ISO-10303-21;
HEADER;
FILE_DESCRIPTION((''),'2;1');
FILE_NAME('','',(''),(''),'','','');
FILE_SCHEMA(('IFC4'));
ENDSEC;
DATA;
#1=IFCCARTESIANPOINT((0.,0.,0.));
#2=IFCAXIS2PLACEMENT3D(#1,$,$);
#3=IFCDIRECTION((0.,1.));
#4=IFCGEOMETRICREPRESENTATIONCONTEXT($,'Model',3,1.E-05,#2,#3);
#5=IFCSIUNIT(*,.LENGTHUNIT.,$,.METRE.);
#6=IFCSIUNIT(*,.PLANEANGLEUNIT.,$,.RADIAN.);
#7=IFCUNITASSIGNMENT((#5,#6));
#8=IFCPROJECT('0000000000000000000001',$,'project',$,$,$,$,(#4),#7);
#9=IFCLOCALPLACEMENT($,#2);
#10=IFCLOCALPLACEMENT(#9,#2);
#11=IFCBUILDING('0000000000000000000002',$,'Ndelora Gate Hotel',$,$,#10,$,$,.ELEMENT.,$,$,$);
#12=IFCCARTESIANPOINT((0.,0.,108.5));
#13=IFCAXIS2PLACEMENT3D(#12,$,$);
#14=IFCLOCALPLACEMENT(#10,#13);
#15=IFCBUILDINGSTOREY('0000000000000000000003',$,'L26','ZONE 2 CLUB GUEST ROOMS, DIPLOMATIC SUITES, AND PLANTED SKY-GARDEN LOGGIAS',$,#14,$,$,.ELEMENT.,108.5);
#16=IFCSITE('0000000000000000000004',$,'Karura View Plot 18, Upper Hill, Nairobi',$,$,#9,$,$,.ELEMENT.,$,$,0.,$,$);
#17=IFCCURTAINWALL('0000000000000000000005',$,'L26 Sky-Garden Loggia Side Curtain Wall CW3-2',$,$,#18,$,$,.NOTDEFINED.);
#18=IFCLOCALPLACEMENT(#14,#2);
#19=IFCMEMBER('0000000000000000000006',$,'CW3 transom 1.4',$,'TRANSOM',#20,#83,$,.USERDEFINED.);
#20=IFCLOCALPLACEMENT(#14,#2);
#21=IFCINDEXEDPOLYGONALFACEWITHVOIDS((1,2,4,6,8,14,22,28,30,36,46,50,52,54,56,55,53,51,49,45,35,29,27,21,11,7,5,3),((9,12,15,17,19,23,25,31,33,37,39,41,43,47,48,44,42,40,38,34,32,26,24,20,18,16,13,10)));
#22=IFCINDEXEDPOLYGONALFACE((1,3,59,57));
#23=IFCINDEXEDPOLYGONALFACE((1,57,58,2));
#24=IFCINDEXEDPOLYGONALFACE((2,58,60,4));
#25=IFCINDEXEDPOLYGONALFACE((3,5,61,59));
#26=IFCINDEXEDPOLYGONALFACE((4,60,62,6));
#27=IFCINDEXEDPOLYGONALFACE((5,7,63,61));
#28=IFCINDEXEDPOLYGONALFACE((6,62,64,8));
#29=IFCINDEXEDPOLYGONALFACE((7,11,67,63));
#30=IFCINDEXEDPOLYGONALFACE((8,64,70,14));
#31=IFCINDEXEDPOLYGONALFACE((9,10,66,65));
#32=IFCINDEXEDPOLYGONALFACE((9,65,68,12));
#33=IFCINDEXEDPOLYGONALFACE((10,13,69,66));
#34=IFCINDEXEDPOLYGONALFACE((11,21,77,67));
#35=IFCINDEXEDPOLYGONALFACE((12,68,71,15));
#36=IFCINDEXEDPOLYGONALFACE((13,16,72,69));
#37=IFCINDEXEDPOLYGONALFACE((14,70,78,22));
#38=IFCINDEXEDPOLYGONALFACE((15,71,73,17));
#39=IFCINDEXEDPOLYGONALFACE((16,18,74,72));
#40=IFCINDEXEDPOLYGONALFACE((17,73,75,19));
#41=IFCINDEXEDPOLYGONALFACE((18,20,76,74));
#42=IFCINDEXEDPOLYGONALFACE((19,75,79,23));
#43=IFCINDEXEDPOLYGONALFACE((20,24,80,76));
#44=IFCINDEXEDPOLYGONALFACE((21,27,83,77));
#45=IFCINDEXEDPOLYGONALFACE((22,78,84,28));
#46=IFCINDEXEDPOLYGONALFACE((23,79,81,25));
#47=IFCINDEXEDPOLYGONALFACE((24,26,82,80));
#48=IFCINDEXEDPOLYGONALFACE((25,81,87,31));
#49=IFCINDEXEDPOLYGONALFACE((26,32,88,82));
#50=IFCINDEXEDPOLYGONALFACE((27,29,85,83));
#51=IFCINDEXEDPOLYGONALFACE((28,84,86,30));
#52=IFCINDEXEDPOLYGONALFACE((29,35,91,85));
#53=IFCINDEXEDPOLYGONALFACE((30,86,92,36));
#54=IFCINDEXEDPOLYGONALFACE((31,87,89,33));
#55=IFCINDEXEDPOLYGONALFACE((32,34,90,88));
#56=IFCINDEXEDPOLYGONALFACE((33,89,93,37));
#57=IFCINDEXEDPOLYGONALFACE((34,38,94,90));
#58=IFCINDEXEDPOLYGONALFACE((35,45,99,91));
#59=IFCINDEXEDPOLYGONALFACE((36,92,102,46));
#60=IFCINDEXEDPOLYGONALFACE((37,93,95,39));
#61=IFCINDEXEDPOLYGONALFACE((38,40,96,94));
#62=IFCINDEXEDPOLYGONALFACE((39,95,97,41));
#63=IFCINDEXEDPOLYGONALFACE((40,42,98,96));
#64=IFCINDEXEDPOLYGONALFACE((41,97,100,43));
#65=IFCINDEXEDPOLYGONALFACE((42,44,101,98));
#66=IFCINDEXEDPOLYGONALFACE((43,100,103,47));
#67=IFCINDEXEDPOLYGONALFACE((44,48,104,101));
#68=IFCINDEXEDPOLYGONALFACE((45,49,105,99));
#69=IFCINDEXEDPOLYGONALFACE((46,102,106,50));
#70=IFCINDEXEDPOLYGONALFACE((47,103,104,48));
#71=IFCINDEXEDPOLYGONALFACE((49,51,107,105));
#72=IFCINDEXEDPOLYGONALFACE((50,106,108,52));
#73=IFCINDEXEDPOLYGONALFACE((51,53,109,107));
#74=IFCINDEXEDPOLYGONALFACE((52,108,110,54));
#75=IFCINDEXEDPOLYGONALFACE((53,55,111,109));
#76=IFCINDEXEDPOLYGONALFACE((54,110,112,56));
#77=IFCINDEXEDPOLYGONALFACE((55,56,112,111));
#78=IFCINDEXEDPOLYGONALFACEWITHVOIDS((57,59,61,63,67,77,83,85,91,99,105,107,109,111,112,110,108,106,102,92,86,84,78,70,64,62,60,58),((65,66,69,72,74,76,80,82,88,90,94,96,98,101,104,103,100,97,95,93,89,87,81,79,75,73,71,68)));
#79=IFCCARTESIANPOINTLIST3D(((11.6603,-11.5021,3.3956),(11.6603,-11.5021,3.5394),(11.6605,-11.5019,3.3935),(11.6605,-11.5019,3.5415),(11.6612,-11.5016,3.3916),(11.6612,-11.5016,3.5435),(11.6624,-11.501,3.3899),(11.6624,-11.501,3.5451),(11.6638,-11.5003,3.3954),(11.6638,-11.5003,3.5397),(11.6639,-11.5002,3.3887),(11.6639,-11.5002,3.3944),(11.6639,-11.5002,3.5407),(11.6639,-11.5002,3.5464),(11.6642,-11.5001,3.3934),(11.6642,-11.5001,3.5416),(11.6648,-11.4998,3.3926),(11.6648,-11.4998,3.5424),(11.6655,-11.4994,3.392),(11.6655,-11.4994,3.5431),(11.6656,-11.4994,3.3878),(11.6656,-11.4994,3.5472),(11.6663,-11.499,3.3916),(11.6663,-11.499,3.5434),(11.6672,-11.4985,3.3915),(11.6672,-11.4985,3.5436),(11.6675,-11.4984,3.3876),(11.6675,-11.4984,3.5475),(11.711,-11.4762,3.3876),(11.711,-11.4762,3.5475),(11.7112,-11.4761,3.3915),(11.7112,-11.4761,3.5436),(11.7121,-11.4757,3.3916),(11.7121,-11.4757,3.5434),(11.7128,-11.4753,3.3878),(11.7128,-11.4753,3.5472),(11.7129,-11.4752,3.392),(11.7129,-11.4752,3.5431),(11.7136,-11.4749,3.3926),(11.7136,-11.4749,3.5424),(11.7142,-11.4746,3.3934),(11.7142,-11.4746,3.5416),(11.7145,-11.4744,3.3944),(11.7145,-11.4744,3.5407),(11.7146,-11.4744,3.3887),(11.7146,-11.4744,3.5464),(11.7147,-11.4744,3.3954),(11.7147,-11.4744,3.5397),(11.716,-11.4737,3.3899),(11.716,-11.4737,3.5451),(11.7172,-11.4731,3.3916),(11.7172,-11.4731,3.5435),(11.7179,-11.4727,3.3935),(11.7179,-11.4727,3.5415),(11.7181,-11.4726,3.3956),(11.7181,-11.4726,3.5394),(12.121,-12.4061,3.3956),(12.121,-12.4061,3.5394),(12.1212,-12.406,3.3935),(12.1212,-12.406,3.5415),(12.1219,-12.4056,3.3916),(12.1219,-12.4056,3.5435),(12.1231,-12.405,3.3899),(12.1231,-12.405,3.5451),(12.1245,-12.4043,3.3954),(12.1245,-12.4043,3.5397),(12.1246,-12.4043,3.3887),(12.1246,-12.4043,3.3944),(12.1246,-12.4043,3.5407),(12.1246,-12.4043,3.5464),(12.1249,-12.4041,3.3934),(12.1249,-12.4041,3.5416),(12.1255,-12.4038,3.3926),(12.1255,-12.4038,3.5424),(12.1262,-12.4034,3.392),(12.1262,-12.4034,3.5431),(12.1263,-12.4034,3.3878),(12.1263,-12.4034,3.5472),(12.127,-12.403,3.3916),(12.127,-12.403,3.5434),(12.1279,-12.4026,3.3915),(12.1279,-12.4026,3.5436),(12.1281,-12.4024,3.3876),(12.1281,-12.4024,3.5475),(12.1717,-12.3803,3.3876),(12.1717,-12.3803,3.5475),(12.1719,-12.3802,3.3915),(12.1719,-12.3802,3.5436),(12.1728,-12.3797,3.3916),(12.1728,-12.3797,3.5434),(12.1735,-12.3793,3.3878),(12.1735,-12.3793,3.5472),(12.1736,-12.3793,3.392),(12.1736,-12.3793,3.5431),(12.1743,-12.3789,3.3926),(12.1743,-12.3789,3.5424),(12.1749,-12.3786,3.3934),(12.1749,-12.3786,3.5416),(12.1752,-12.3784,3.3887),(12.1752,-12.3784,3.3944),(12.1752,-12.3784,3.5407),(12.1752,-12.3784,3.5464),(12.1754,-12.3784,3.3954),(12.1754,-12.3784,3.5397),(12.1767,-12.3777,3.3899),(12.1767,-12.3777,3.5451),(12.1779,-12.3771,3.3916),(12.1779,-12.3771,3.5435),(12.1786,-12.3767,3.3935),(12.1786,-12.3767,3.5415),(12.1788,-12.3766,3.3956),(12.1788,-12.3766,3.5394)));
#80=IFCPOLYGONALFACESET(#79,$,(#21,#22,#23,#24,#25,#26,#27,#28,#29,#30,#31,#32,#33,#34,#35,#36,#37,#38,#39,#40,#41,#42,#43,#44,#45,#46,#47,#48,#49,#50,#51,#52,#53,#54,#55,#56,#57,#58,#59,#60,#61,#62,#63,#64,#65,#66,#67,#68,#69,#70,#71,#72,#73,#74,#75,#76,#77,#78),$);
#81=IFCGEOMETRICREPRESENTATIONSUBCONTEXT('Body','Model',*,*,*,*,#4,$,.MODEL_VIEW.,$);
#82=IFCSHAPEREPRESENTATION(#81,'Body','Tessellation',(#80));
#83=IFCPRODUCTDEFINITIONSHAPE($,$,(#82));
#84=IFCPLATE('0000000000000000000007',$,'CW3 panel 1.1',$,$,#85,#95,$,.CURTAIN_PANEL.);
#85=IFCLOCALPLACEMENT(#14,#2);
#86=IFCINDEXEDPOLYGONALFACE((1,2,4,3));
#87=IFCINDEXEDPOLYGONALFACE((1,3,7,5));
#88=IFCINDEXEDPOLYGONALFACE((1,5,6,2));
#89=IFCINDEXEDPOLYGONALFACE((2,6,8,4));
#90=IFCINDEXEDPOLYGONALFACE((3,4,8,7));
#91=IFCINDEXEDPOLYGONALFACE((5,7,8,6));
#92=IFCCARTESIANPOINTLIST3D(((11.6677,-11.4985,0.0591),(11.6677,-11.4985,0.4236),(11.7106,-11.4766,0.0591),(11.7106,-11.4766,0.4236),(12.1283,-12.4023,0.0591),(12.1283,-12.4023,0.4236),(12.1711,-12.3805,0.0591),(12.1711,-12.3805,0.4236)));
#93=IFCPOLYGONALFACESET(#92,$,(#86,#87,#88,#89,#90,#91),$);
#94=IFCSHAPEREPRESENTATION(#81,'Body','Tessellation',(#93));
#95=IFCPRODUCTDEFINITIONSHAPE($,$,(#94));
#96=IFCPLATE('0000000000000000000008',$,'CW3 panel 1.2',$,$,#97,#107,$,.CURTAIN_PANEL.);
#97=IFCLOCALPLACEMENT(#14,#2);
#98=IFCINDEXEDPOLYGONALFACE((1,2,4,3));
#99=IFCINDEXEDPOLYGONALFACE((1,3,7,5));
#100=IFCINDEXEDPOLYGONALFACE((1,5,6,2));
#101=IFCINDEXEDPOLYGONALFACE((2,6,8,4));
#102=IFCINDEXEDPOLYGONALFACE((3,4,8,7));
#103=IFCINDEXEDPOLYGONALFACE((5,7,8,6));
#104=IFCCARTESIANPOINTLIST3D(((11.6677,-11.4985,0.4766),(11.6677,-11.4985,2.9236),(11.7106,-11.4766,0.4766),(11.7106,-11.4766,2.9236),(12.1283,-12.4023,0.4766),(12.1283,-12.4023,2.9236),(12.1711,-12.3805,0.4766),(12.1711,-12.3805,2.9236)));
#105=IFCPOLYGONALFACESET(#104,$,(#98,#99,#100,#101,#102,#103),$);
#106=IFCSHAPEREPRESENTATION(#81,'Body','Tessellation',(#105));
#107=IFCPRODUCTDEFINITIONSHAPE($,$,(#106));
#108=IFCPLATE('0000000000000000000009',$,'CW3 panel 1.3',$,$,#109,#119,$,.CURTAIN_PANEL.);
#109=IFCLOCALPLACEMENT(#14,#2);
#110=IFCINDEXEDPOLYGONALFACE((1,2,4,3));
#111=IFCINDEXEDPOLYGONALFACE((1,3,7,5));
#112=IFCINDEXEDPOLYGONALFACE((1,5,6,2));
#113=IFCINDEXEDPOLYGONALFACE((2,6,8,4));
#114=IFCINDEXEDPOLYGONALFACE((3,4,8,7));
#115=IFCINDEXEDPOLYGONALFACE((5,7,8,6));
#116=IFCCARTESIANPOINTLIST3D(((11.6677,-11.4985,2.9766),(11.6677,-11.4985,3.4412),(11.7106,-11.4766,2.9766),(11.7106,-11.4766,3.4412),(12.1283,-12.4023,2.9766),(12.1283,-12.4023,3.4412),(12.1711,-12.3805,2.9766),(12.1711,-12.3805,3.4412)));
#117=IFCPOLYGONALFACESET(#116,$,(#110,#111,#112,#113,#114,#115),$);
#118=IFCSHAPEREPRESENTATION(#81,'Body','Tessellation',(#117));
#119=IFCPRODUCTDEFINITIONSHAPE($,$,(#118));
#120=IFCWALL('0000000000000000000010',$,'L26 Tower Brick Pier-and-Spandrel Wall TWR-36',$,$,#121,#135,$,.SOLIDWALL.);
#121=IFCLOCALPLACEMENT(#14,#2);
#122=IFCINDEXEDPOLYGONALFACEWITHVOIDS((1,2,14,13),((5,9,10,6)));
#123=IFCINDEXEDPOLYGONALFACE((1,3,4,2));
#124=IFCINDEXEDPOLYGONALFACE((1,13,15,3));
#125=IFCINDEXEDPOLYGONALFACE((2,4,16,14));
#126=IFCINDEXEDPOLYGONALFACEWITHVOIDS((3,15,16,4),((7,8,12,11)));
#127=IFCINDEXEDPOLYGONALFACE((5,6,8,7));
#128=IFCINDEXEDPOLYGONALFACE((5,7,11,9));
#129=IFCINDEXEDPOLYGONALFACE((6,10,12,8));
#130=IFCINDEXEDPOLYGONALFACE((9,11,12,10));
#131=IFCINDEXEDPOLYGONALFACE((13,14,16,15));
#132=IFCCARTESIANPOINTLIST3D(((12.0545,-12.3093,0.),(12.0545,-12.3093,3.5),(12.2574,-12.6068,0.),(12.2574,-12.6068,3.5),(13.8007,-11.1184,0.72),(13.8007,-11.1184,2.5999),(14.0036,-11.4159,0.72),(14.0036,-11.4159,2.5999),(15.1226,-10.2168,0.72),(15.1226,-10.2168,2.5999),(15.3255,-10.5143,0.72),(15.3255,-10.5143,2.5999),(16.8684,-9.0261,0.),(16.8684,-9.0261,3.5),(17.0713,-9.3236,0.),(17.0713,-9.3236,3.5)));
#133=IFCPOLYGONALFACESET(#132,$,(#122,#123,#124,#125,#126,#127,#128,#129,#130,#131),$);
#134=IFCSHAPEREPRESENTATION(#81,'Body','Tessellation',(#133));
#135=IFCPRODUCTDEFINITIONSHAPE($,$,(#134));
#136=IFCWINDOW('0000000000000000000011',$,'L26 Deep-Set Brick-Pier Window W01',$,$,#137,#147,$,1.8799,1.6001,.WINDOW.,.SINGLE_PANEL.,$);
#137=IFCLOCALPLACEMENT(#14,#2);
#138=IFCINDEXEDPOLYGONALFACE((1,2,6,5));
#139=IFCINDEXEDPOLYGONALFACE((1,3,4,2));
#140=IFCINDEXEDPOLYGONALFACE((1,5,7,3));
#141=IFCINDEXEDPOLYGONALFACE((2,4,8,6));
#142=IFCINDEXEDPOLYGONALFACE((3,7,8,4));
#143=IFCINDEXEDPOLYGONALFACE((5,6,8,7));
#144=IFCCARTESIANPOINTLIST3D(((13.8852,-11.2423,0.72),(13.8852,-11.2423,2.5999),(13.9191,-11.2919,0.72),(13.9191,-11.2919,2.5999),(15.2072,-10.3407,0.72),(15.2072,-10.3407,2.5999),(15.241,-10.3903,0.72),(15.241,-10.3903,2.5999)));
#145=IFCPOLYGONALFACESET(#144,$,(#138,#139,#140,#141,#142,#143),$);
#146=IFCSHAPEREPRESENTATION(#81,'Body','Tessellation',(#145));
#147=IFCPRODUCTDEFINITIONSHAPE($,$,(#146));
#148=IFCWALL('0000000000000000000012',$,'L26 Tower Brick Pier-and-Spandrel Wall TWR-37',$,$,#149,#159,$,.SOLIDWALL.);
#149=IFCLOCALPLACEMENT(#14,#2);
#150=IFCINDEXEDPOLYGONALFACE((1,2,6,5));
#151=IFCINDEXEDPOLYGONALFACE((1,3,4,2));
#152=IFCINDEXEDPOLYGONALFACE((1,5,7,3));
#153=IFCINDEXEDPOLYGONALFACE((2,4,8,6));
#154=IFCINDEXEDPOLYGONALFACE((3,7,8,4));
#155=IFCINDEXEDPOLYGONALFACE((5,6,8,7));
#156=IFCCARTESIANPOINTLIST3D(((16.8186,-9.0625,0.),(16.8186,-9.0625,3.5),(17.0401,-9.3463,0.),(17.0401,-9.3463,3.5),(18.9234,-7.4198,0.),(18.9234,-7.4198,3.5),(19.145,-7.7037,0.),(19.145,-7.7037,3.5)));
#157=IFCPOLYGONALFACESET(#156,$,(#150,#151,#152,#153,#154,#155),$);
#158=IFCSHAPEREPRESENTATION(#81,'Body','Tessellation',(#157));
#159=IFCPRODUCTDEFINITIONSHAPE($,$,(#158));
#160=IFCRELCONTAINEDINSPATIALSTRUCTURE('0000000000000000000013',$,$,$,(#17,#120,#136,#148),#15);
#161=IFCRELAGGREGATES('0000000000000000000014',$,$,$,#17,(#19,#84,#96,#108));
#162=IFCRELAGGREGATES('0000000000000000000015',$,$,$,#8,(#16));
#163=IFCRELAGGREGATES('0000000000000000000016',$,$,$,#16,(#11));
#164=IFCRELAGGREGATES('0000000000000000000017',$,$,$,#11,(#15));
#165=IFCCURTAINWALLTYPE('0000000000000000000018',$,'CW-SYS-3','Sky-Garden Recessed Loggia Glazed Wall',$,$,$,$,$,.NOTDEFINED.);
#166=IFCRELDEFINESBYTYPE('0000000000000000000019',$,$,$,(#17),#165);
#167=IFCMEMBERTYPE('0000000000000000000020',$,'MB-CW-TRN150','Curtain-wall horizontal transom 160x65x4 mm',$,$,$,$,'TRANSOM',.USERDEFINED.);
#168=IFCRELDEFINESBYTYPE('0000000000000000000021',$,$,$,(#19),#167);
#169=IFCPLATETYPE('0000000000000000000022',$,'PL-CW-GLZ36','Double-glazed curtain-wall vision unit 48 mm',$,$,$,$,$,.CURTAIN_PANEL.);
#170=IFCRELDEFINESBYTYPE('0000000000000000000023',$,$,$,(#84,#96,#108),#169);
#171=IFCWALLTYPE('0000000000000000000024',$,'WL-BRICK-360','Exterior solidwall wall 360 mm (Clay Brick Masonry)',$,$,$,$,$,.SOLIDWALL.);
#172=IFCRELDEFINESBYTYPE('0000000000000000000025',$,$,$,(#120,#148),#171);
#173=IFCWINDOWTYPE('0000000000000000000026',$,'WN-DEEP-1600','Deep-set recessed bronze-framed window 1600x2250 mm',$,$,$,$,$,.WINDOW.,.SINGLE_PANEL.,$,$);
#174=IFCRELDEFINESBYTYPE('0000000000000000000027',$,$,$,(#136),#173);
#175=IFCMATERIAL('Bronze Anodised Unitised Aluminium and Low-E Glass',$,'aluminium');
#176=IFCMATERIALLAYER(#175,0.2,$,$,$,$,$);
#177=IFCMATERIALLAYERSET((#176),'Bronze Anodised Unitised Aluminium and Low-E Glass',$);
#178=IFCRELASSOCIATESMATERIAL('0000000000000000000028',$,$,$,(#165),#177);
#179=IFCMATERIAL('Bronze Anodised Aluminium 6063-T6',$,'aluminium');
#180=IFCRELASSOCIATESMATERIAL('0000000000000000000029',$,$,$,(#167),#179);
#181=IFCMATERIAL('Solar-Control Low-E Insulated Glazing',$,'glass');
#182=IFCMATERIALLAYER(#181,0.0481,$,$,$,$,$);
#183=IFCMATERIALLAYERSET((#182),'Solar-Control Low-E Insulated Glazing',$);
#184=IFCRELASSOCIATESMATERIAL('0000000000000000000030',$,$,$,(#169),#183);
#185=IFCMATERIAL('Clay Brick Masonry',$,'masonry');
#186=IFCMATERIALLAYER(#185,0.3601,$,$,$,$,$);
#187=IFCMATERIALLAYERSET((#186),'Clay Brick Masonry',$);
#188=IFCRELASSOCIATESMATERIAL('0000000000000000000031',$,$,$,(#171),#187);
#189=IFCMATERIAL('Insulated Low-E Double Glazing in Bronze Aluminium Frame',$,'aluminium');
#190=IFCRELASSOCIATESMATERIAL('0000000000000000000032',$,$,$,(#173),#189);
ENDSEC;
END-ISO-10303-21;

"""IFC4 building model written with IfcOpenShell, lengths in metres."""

from ifc_helpers import new_model, si_unit, direction, frame, frame_2d, origin, origin_2d, place, context, subcontext, project, spatial, rectangle, hollow_rectangle, extrude, material, layer, layer_set, material_profile, profile_set, type_object, element, fill, aggregate, save


model = new_model("IFC4")

# Units and contexts
model_context = context("Model", 3, precision=1e-05, world=origin(), true_north=direction((0.0, 1.0)))
body_context = subcontext(model_context, "Body", "Model", "MODEL_VIEW")
ifc_project = project(units=[si_unit("LENGTHUNIT", "METRE"), si_unit("PLANEANGLEUNIT", "RADIAN")], contexts=[model_context])

# Site, building, storey
site_placement = place(None, origin())
site = spatial("IfcSite", under=ifc_project, at=site_placement, Name="Karura View Plot 18, Upper Hill, Nairobi", CompositionType="ELEMENT", RefElevation=0.0)
building_placement = place(site_placement, origin())
building = spatial("IfcBuilding", under=site, at=building_placement, Name="Ndelora Gate Hotel", CompositionType="ELEMENT")
storey_placement = place(building_placement, frame((0.0, 0.0, 108.5)))
storey = spatial("IfcBuildingStorey", under=building, at=storey_placement, Name="L26", Description="ZONE 2 CLUB GUEST ROOMS, DIPLOMATIC SUITES, AND PLANTED SKY-GARDEN LOGGIAS", CompositionType="ELEMENT", Elevation=108.5)

# Curtain wall, member, plates
ifc_material_1 = material(Name="Bronze Anodised Unitised Aluminium and Low-E Glass", Category="aluminium")
ifc_layer_1 = layer(ifc_material_1, 0.2)
ifc_layer_set_1 = layer_set([ifc_layer_1], Name="Bronze Anodised Unitised Aluminium and Low-E Glass")
curtain_wall_type = type_object("IfcCurtainWallType", Name="CW-SYS-3", Description="Sky-Garden Recessed Loggia Glazed Wall", PredefinedType="NOTDEFINED", material=ifc_layer_set_1)
curtain_wall_placement = place(storey_placement, origin())
curtain_wall = element("IfcCurtainWall", 1, at=curtain_wall_placement, inside=storey, type_object=curtain_wall_type, Name="L26 Sky-Garden Loggia Side Curtain Wall CW3-2", PredefinedType="NOTDEFINED")
ifc_material_2 = material(Name="Bronze Anodised Aluminium 6063-T6", Category="aluminium")
ifc_material_profile_1 = material_profile(ifc_material_2, hollow_rectangle(XDim=0.0649, YDim=0.1599, WallThickness=0.0039, InnerFilletRadius=0.0039, OuterFilletRadius=0.0081, at=origin_2d()), Name="ALU 160x65x4")
ifc_profile_set_1 = profile_set([ifc_material_profile_1], Name="Bronze Anodised Aluminium 6063-T6")
member_type_1 = type_object("IfcMemberType", Name="MB-CW-TRN150", Description="Curtain-wall horizontal transom 160x65x4 mm", ElementType="TRANSOM", PredefinedType="USERDEFINED", material=ifc_profile_set_1)
member_1_placement = place(storey_placement, frame((12.1499, -12.3914, 3.4675), z_axis=(-0.454034, 0.890984, 0.0), x_axis=(-0.890984, -0.454034, 0.0)))
member_1 = element("IfcMember", 2, at=member_1_placement, type_object=member_type_1, Name="CW3 transom 1.4", ObjectType="TRANSOM", PredefinedType="USERDEFINED", context=body_context, shape_type="SweptSolid", body=[
    extrude(hollow_rectangle(XDim=0.0649, YDim=0.1599, WallThickness=0.0039, InnerFilletRadius=0.0039, OuterFilletRadius=0.0081, at=origin_2d()), origin(), (0.0, 0.0, 1.0), 1.0146),
])
ifc_material_3 = material(Name="Solar-Control Low-E Insulated Glazing", Category="glass")
ifc_layer_2 = layer(ifc_material_3, 0.0481)
ifc_layer_set_2 = layer_set([ifc_layer_2], Name="Solar-Control Low-E Insulated Glazing")
plate_type = type_object("IfcPlateType", Name="PL-CW-GLZ36", Description="Double-glazed curtain-wall vision unit 48 mm", PredefinedType="CURTAIN_PANEL", material=ifc_layer_set_2)
plate_1_placement = place(storey_placement, frame((11.9194, -11.9395, 0.0591), z_axis=(0.0, 0.0, 1.0), x_axis=(-0.454001, 0.891001, 0.0)))
plate_1 = element("IfcPlate", 3, at=plate_1_placement, type_object=plate_type, Name="CW3 panel 1.1", PredefinedType="CURTAIN_PANEL", context=body_context, shape_type="SweptSolid", body=[
    extrude(rectangle(XDim=1.0144, YDim=0.0481, at=origin_2d()), origin(), (0.0, 0.0, 1.0), 0.3645),
])
plate_2_placement = place(storey_placement, frame((11.9194, -11.9395, 0.4766), z_axis=(0.0, 0.0, 1.0), x_axis=(-0.454001, 0.891001, 0.0)))
plate_2 = element("IfcPlate", 4, at=plate_2_placement, type_object=plate_type, Name="CW3 panel 1.2", PredefinedType="CURTAIN_PANEL", context=body_context, shape_type="SweptSolid", body=[
    extrude(rectangle(XDim=1.0144, YDim=0.0481, at=origin_2d()), origin(), (0.0, 0.0, 1.0), 2.447),
])
plate_3_placement = place(storey_placement, frame((11.9194, -11.9395, 2.9766), z_axis=(0.0, 0.0, 1.0), x_axis=(-0.454001, 0.891001, 0.0)))
plate_3 = element("IfcPlate", 5, at=plate_3_placement, type_object=plate_type, Name="CW3 panel 1.3", PredefinedType="CURTAIN_PANEL", context=body_context, shape_type="SweptSolid", body=[
    extrude(rectangle(XDim=1.0144, YDim=0.0481, at=origin_2d()), origin(), (0.0, 0.0, 1.0), 0.4646),
])
aggregate(curtain_wall, [member_1, plate_1, plate_2, plate_3])

# Wall, opening, window
ifc_material_4 = material(Name="Clay Brick Masonry", Category="masonry")
ifc_layer_3 = layer(ifc_material_4, 0.3601)
ifc_layer_set_3 = layer_set([ifc_layer_3], Name="Clay Brick Masonry")
wall_type = type_object("IfcWallType", Name="WL-BRICK-360", Description="Exterior solidwall wall 360 mm (Clay Brick Masonry)", PredefinedType="SOLIDWALL", material=ifc_layer_set_3)
wall_1_placement = place(storey_placement, frame((16.97, -9.1748, 0.0), z_axis=(0.0, 0.0, 1.0), x_axis=(-0.826151, -0.563449, 0.0)))
wall_1 = element("IfcWall", 6, at=wall_1_placement, inside=storey, type_object=wall_type, Name="L26 Tower Brick Pier-and-Spandrel Wall TWR-36", PredefinedType="SOLIDWALL", context=body_context, shape_type="SweptSolid", body=[
    extrude(rectangle(XDim=5.8269, YDim=0.3601, at=frame_2d((2.9136, 0.0))), origin(), (0.0, 0.0, 1.0), 3.5),
])
opening_1_placement = place(wall_1_placement, frame((2.1133, 0.0, 0.72)))
opening_1 = element("IfcOpeningElement", 7, at=opening_1_placement, cuts=wall_1, PredefinedType="OPENING", context=body_context, shape_type="SweptSolid", body=[
    extrude(rectangle(XDim=1.6001, YDim=1.8799, at=frame_2d((0.8, 0.9399))), frame((0.0, 0.1899, 0.0), z_axis=(0.0, -1.0, 0.0), x_axis=(1.0, 0.0, 0.0)), (0.0, 0.0, 1.0), 0.3801),
])
ifc_material_5 = material(Name="Insulated Low-E Double Glazing in Bronze Aluminium Frame", Category="aluminium")
window_type_1 = type_object("IfcWindowType", Name="WN-DEEP-1600", Description="Deep-set recessed bronze-framed window 1600x2250 mm", PartitioningType="SINGLE_PANEL", PredefinedType="WINDOW", material=ifc_material_5)
window_1_placement = place(opening_1_placement, origin())
window_1 = element("IfcWindow", 8, at=window_1_placement, inside=storey, type_object=window_type_1, Name="L26 Deep-Set Brick-Pier Window W01", OverallHeight=1.8799, OverallWidth=1.6001, PartitioningType="SINGLE_PANEL", PredefinedType="WINDOW", context=body_context, shape_type="SweptSolid", body=[
    extrude(rectangle(XDim=1.6001, YDim=1.8799, at=frame_2d((0.8, 0.9399))), frame((0.0, 0.03, 0.0), z_axis=(0.0, -1.0, 0.0), x_axis=(1.0, 0.0, 0.0)), (0.0, 0.0, 1.0), 0.0601),
])
fill(opening_1, window_1)

# Wall
wall_2_placement = place(storey_placement, frame((19.0342, -7.5618, 0.0), z_axis=(0.0, 0.0, 1.0), x_axis=(-0.788342, -0.615238, 0.0)))
element("IfcWall", 9, at=wall_2_placement, inside=storey, type_object=wall_type, Name="L26 Tower Brick Pier-and-Spandrel Wall TWR-37", PredefinedType="SOLIDWALL", context=body_context, shape_type="SweptSolid", body=[
    extrude(rectangle(XDim=2.6699, YDim=0.3601, at=frame_2d((1.335, 0.0))), origin(), (0.0, 0.0, 1.0), 3.5),
])

save(model, "model.ifc")
